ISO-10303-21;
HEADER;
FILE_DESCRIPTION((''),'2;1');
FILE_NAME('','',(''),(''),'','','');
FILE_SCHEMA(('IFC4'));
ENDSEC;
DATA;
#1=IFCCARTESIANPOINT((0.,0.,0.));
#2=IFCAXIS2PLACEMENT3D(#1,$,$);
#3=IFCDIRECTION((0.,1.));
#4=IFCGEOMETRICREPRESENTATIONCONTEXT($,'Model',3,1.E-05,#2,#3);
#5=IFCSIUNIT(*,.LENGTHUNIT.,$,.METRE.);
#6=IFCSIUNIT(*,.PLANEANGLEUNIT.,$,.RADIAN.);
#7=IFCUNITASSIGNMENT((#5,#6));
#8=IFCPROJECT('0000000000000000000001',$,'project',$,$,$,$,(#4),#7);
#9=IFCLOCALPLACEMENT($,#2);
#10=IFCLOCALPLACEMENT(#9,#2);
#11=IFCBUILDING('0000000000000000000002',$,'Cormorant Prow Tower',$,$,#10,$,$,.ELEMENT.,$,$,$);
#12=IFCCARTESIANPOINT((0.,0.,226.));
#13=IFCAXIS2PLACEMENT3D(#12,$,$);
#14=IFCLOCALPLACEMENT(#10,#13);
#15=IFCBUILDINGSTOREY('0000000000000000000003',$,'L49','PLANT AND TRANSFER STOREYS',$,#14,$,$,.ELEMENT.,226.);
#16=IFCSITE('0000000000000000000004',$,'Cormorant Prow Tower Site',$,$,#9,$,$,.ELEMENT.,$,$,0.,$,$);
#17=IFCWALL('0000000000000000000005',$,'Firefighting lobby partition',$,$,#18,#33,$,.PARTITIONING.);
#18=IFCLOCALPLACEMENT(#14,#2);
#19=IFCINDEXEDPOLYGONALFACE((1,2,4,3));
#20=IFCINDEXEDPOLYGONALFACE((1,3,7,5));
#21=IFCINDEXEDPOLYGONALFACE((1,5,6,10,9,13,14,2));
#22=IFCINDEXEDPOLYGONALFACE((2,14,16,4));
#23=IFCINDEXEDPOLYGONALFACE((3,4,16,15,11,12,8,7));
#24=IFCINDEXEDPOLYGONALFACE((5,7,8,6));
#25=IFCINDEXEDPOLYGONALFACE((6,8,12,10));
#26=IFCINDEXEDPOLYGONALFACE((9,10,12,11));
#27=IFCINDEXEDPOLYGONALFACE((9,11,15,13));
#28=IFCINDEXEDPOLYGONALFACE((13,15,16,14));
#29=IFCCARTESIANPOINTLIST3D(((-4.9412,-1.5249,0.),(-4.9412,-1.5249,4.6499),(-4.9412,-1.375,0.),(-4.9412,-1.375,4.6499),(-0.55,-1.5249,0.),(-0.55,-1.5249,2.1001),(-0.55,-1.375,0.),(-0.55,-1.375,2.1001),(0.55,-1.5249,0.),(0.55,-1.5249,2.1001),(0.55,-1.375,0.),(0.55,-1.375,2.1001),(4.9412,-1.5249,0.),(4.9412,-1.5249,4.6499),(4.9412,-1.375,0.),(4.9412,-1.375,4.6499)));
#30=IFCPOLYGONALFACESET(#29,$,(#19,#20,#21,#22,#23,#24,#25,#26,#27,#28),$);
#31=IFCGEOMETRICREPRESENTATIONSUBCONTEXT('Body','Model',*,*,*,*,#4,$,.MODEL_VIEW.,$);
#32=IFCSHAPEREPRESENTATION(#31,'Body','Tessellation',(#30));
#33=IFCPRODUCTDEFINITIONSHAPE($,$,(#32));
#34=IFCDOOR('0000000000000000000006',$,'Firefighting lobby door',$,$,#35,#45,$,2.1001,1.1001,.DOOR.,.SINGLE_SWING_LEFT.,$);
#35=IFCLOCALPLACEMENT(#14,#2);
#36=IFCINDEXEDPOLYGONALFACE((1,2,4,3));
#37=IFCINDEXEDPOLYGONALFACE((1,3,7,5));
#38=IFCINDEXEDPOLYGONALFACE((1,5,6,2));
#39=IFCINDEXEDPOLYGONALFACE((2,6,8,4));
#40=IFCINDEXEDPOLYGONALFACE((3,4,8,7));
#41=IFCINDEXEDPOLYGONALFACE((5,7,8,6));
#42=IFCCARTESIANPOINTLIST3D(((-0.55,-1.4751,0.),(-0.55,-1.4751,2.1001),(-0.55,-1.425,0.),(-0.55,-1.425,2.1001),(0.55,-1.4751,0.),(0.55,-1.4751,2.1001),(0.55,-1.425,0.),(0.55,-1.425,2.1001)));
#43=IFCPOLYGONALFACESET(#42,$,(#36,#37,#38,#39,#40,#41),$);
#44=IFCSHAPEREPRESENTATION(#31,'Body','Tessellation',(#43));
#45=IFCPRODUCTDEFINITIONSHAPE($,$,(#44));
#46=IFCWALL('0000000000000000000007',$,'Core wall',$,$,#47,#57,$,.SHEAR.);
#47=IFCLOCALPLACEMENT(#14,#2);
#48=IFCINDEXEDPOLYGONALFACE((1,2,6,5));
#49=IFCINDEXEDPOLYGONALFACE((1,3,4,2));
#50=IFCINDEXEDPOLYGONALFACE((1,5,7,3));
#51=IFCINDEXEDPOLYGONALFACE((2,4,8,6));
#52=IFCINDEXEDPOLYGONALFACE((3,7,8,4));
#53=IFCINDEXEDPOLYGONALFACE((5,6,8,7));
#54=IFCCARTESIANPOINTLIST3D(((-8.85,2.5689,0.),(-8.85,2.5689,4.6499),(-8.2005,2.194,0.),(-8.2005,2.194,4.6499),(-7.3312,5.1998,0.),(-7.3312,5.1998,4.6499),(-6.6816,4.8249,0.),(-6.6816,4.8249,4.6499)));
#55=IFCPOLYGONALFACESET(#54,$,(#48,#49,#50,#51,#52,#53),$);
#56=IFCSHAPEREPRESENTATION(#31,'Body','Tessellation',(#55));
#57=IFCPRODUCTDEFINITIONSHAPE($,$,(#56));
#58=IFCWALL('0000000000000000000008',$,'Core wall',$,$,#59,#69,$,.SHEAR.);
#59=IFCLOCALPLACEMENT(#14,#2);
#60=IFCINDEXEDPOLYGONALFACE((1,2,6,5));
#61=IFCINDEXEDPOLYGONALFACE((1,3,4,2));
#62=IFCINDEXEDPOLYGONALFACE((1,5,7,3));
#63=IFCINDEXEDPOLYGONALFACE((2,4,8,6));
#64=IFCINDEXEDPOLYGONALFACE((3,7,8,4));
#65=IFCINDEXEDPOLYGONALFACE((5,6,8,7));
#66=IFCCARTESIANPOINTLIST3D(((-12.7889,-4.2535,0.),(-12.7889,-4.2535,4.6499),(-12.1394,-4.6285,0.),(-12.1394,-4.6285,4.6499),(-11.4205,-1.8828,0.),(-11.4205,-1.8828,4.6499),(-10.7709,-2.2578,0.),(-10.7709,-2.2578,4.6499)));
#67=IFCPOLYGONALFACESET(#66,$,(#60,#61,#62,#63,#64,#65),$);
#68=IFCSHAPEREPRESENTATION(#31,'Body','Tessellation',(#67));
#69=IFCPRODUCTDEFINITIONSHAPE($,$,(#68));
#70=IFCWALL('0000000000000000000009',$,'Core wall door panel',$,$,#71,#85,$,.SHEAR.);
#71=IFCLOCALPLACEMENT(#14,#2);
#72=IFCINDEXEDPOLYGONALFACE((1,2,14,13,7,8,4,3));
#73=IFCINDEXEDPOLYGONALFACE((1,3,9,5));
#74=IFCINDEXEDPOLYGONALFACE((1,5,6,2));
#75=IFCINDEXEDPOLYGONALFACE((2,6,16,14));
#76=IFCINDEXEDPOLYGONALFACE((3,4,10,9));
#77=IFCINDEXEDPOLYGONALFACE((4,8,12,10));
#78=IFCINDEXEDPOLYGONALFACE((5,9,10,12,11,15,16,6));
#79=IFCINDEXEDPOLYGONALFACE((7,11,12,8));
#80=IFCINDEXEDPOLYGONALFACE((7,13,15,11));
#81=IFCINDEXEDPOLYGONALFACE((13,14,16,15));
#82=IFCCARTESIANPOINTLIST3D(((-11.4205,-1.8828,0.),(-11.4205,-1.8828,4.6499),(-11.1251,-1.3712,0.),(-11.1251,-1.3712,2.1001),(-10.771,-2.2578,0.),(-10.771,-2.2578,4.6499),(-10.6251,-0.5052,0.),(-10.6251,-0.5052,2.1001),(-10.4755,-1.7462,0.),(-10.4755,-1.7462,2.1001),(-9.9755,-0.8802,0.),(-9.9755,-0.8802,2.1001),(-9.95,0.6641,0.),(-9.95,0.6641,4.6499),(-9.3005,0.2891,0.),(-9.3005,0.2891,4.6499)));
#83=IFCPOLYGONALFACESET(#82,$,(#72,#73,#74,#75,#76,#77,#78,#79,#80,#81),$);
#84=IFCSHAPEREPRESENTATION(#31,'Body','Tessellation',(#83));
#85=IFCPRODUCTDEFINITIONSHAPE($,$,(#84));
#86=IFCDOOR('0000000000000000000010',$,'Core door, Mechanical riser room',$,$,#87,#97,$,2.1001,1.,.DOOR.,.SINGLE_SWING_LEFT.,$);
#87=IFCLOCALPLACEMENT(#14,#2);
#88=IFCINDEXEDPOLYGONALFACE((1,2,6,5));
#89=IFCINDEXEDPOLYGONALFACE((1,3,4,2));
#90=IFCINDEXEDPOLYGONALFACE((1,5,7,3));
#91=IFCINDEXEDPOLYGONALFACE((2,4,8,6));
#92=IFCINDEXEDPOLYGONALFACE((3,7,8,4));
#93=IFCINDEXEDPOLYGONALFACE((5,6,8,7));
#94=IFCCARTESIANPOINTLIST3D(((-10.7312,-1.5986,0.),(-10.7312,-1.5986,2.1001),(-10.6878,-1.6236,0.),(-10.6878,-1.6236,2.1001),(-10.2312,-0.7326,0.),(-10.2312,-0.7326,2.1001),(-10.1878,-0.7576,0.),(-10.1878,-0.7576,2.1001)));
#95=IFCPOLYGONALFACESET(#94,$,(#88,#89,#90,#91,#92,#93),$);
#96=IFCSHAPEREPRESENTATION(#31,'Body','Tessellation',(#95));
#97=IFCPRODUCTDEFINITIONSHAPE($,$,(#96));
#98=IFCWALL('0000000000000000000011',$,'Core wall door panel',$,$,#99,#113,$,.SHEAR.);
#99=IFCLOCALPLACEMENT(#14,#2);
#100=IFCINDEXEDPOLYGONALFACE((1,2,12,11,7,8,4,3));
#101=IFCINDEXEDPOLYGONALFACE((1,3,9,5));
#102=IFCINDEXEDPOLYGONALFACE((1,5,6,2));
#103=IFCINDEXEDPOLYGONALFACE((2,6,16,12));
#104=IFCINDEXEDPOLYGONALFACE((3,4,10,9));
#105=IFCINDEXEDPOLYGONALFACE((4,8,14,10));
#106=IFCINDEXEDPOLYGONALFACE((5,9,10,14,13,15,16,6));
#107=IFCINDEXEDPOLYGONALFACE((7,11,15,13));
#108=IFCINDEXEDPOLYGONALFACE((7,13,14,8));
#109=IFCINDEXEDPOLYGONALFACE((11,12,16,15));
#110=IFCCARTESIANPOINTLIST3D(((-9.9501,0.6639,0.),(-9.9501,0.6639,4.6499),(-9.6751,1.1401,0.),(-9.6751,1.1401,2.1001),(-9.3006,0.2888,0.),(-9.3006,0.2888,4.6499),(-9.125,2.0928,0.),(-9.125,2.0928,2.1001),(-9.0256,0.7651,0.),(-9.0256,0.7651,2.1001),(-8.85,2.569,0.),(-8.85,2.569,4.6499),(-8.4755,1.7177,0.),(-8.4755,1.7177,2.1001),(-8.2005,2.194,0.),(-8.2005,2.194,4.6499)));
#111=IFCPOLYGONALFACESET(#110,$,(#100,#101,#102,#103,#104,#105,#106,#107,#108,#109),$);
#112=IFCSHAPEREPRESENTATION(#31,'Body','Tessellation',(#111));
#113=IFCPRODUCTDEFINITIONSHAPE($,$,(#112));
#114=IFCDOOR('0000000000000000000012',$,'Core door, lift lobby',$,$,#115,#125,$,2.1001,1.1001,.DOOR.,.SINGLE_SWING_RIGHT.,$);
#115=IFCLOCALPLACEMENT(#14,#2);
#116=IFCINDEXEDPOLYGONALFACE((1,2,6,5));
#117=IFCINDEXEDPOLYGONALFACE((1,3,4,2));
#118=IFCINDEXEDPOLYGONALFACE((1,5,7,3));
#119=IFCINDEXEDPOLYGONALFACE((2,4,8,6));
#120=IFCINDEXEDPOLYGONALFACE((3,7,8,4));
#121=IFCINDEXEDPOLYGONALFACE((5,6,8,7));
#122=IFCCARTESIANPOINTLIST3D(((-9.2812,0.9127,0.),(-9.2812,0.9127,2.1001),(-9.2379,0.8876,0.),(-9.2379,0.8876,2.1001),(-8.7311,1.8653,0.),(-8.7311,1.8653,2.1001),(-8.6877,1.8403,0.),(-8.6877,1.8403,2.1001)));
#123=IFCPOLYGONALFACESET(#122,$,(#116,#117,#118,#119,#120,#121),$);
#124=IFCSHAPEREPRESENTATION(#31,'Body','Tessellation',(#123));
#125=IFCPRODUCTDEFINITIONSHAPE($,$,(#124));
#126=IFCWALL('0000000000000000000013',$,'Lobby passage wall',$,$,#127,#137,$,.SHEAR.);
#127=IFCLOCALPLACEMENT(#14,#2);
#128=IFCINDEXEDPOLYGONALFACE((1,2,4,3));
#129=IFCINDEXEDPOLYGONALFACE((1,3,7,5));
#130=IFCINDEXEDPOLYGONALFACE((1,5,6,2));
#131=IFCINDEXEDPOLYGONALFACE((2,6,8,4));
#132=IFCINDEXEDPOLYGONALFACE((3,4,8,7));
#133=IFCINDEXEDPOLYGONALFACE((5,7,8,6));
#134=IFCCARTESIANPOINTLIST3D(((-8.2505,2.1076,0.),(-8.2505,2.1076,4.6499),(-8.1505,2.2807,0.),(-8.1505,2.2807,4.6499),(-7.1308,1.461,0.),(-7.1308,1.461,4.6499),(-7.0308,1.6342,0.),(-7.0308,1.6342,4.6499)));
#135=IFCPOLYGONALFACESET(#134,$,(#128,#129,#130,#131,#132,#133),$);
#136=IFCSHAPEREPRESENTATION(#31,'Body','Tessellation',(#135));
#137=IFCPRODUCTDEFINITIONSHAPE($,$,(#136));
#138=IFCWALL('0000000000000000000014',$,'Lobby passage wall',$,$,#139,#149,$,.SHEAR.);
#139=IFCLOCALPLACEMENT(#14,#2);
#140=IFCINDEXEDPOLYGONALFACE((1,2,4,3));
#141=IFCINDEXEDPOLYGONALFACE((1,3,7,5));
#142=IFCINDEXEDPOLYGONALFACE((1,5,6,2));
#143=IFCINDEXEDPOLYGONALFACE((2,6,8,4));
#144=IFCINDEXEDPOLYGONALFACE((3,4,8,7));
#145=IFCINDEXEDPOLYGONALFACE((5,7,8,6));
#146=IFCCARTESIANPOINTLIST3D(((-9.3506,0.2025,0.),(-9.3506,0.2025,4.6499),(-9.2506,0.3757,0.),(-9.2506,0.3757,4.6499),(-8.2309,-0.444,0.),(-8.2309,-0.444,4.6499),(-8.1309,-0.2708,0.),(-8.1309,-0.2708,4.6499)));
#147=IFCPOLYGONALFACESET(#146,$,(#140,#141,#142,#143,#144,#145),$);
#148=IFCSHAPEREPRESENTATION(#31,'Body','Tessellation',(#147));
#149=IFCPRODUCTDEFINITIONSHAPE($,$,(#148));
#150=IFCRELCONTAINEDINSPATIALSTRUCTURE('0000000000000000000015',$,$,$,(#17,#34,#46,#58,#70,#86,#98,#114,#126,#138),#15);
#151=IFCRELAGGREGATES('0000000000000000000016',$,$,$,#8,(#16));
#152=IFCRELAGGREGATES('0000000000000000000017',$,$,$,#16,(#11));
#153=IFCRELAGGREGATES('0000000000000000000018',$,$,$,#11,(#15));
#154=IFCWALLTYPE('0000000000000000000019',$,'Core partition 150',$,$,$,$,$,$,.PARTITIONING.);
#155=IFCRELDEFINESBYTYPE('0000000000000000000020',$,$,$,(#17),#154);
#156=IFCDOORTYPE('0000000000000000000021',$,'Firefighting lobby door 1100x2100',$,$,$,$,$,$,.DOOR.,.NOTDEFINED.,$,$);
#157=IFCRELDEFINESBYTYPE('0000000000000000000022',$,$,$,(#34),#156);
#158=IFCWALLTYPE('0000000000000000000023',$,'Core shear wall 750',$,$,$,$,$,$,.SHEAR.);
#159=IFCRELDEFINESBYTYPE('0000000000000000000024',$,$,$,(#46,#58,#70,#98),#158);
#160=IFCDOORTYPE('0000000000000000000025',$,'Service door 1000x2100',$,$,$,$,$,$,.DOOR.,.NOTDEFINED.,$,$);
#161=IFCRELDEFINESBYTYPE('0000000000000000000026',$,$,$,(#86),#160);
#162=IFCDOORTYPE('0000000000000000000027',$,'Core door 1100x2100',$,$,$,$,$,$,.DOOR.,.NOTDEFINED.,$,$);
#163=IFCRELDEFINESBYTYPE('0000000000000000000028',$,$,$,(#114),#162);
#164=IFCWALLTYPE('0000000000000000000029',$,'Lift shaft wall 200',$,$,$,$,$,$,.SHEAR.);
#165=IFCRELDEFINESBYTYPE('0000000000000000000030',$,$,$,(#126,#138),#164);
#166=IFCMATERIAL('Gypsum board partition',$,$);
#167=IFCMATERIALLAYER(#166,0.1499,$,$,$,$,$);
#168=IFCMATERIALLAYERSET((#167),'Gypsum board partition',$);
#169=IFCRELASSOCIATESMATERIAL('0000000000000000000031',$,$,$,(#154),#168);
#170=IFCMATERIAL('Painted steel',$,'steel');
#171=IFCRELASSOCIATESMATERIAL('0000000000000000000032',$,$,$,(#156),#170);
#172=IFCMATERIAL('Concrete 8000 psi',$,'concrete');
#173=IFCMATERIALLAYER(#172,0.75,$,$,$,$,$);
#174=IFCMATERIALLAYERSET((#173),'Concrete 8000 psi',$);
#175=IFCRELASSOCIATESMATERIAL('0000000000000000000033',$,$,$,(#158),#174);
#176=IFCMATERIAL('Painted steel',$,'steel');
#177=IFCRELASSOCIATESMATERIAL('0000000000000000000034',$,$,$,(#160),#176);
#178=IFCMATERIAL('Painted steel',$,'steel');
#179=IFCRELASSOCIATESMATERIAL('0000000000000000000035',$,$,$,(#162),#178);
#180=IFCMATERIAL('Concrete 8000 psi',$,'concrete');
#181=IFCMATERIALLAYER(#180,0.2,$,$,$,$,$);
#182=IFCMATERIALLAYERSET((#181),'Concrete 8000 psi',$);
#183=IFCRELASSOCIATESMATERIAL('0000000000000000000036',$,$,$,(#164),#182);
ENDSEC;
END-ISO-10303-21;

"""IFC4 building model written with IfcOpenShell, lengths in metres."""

from ifc_helpers import new_model, si_unit, direction, frame, frame_2d, origin, place, context, subcontext, project, spatial, rectangle, extrude, material, layer, layer_set, type_object, element, fill, save


model = new_model("IFC4")

# Units and contexts
model_context = context("Model", 3, precision=1e-05, world=origin(), true_north=direction((0.0, 1.0)))
body_context = subcontext(model_context, "Body", "Model", "MODEL_VIEW")
ifc_project = project(units=[si_unit("LENGTHUNIT", "METRE"), si_unit("PLANEANGLEUNIT", "RADIAN")], contexts=[model_context])

# Site, building, storey
site_placement = place(None, origin())
site = spatial("IfcSite", under=ifc_project, at=site_placement, Name="Cormorant Prow Tower Site", CompositionType="ELEMENT", RefElevation=0.0)
building_placement = place(site_placement, origin())
building = spatial("IfcBuilding", under=site, at=building_placement, Name="Cormorant Prow Tower", CompositionType="ELEMENT")
storey_placement = place(building_placement, frame((0.0, 0.0, 226.0)))
storey = spatial("IfcBuildingStorey", under=building, at=storey_placement, Name="L49", Description="PLANT AND TRANSFER STOREYS", CompositionType="ELEMENT", Elevation=226.0)

# Wall, opening, door
ifc_material_1 = material(Name="Gypsum board partition")
ifc_layer_1 = layer(ifc_material_1, 0.1499)
ifc_layer_set_1 = layer_set([ifc_layer_1], Name="Gypsum board partition")
wall_type_1 = type_object("IfcWallType", Name="Core partition 150", PredefinedType="PARTITIONING", material=ifc_layer_set_1)
wall_1_placement = place(storey_placement, frame((-4.9412, -1.45, 0.0), z_axis=(0.0, 0.0, 1.0), x_axis=(1.0, 0.0, 0.0)))
wall_1 = element("IfcWall", 1, at=wall_1_placement, inside=storey, type_object=wall_type_1, Name="Firefighting lobby partition", PredefinedType="PARTITIONING", context=body_context, shape_type="SweptSolid", body=[
    extrude(rectangle(XDim=9.8823, YDim=0.1499, at=frame_2d((4.9412, 0.0))), origin(), (0.0, 0.0, 1.0), 4.6499),
])
opening_1_placement = place(wall_1_placement, frame((4.3911, 0.0, 0.0)))
opening_1 = element("IfcOpeningElement", 2, at=opening_1_placement, cuts=wall_1, PredefinedType="OPENING", context=body_context, shape_type="SweptSolid", body=[
    extrude(rectangle(XDim=1.1001, YDim=2.1001, at=frame_2d((0.55, 1.05))), frame((0.0, 0.085, 0.0), z_axis=(0.0, -1.0, 0.0), x_axis=(1.0, 0.0, 0.0)), (0.0, 0.0, 1.0), 0.1699),
])
ifc_material_2 = material(Name="Painted steel", Category="steel")
door_type_1 = type_object("IfcDoorType", Name="Firefighting lobby door 1100x2100", OperationType="NOTDEFINED", PredefinedType="DOOR", material=ifc_material_2)
door_1_placement = place(opening_1_placement, origin())
door_1 = element("IfcDoor", 3, at=door_1_placement, inside=storey, type_object=door_type_1, Name="Firefighting lobby door", OperationType="SINGLE_SWING_LEFT", OverallHeight=2.1001, OverallWidth=1.1001, PredefinedType="DOOR", context=body_context, shape_type="SweptSolid", body=[
    extrude(rectangle(XDim=1.1001, YDim=2.1001, at=frame_2d((0.55, 1.05))), frame((0.0, 0.0249, 0.0), z_axis=(0.0, -1.0, 0.0), x_axis=(1.0, 0.0, 0.0)), (0.0, 0.0, 1.0), 0.05),
])
fill(opening_1, door_1)

# Walls
ifc_material_3 = material(Name="Concrete 8000 psi", Category="concrete")
ifc_layer_2 = layer(ifc_material_3, 0.75)
ifc_layer_set_2 = layer_set([ifc_layer_2], Name="Concrete 8000 psi")
wall_type_2 = type_object("IfcWallType", Name="Core shear wall 750", PredefinedType="SHEAR", material=ifc_layer_set_2)
wall_2_placement = place(storey_placement, frame((-7.0063, 5.0125, 0.0), z_axis=(0.0, 0.0, 1.0), x_axis=(-0.499968, -0.866044, 0.0)))
element("IfcWall", 4, at=wall_2_placement, inside=storey, type_object=wall_type_2, Name="Core wall", PredefinedType="SHEAR", context=body_context, shape_type="SweptSolid", body=[
    extrude(rectangle(XDim=3.0378, YDim=0.75, at=frame_2d((1.519, 0.0))), origin(), (0.0, 0.0, 1.0), 4.6499),
])
wall_3_placement = place(storey_placement, frame((-11.0957, -2.0703, 0.0), z_axis=(0.0, 0.0, 1.0), x_axis=(-0.499928, -0.866067, 0.0)))
element("IfcWall", 5, at=wall_3_placement, inside=storey, type_object=wall_type_2, Name="Core wall", PredefinedType="SHEAR", context=body_context, shape_type="SweptSolid", body=[
    extrude(rectangle(XDim=2.7373, YDim=0.75, at=frame_2d((1.3687, 0.0))), origin(), (0.0, 0.0, 1.0), 4.6499),
])

# Walls, openings, doors
wall_4_placement = place(storey_placement, frame((-9.6252, 0.4766, 0.0), z_axis=(0.0, 0.0, 1.0), x_axis=(-0.500005, -0.866022, 0.0)))
wall_4 = element("IfcWall", 6, at=wall_4_placement, inside=storey, type_object=wall_type_2, Name="Core wall door panel", PredefinedType="SHEAR", context=body_context, shape_type="SweptSolid", body=[
    extrude(rectangle(XDim=2.9409, YDim=0.75, at=frame_2d((1.4705, 0.0))), origin(), (0.0, 0.0, 1.0), 4.6499),
])
opening_2_placement = place(wall_4_placement, frame((1.3501, 0.0, 0.0)))
opening_2 = element("IfcOpeningElement", 7, at=opening_2_placement, cuts=wall_4, PredefinedType="OPENING", context=body_context, shape_type="SweptSolid", body=[
    extrude(rectangle(XDim=1.0, YDim=2.1001, at=frame_2d((0.5, 1.05))), frame((0.0, 0.385, 0.0), z_axis=(0.0, -1.0, 0.0), x_axis=(1.0, 0.0, 0.0)), (0.0, 0.0, 1.0), 0.77),
])
ifc_material_4 = material(Name="Painted steel", Category="steel")
door_type_2 = type_object("IfcDoorType", Name="Service door 1000x2100", OperationType="NOTDEFINED", PredefinedType="DOOR", material=ifc_material_4)
door_2_placement = place(opening_2_placement, origin())
door_2 = element("IfcDoor", 8, at=door_2_placement, inside=storey, type_object=door_type_2, Name="Core door, Mechanical riser room", OperationType="SINGLE_SWING_LEFT", OverallHeight=2.1001, OverallWidth=1.0, PredefinedType="DOOR", context=body_context, shape_type="SweptSolid", body=[
    extrude(rectangle(XDim=1.0, YDim=2.1001, at=frame_2d((0.5, 1.05))), frame((0.0, 0.1299, 0.0), z_axis=(0.0, -1.0, 0.0), x_axis=(1.0, 0.0, 0.0)), (0.0, 0.0, 1.0), 0.05),
])
fill(opening_2, door_2)
wall_5_placement = place(storey_placement, frame((-8.5251, 2.3816, 0.0), z_axis=(0.0, 0.0, 1.0), x_axis=(-0.500078, -0.86598, 0.0)))
wall_5 = element("IfcWall", 9, at=wall_5_placement, inside=storey, type_object=wall_type_2, Name="Core wall door panel", PredefinedType="SHEAR", context=body_context, shape_type="SweptSolid", body=[
    extrude(rectangle(XDim=2.2, YDim=0.75, at=frame_2d((1.1001, 0.0))), origin(), (0.0, 0.0, 1.0), 4.6499),
])
opening_3_placement = place(wall_5_placement, frame((0.55, 0.0, 0.0)))
opening_3 = element("IfcOpeningElement", 10, at=opening_3_placement, cuts=wall_5, PredefinedType="OPENING", context=body_context, shape_type="SweptSolid", body=[
    extrude(rectangle(XDim=1.1001, YDim=2.1001, at=frame_2d((0.55, 1.05))), frame((0.0, 0.385, 0.0), z_axis=(0.0, -1.0, 0.0), x_axis=(1.0, 0.0, 0.0)), (0.0, 0.0, 1.0), 0.77),
])
ifc_material_5 = material(Name="Painted steel", Category="steel")
door_type_3 = type_object("IfcDoorType", Name="Core door 1100x2100", OperationType="NOTDEFINED", PredefinedType="DOOR", material=ifc_material_5)
door_3_placement = place(opening_3_placement, origin())
door_3 = element("IfcDoor", 11, at=door_3_placement, inside=storey, type_object=door_type_3, Name="Core door, lift lobby", OperationType="SINGLE_SWING_RIGHT", OverallHeight=2.1001, OverallWidth=1.1001, PredefinedType="DOOR", context=body_context, shape_type="SweptSolid", body=[
    extrude(rectangle(XDim=1.1001, YDim=2.1001, at=frame_2d((0.55, 1.05))), frame((0.0, 0.1299, 0.0), z_axis=(0.0, -1.0, 0.0), x_axis=(1.0, 0.0, 0.0)), (0.0, 0.0, 1.0), 0.05),
])
fill(opening_3, door_3)

# Walls
ifc_material_6 = material(Name="Concrete 8000 psi", Category="concrete")
ifc_layer_3 = layer(ifc_material_6, 0.2)
ifc_layer_set_3 = layer_set([ifc_layer_3], Name="Concrete 8000 psi")
wall_type_3 = type_object("IfcWallType", Name="Lift shaft wall 200", PredefinedType="SHEAR", material=ifc_layer_set_3)
for number, where, z_axis, x_axis, name in (
    (12, (-7.0808, 1.5476, 0.0), (0.0, 0.0, 1.0), (-0.866003, 0.500038, 0.0), "Lobby passage wall"),
    (13, (-8.1809, -0.3574, 0.0), (0.0, 0.0, 1.0), (-0.866003, 0.500038, 0.0), "Lobby passage wall"),
):
    element("IfcWall", number, at=place(storey_placement, frame(where, z_axis=z_axis, x_axis=x_axis)), inside=storey, type_object=wall_type_3, Name=name, PredefinedType="SHEAR", context=body_context, shape_type="SweptSolid", body=[
        extrude(rectangle(XDim=1.293, YDim=0.2, at=frame_2d((0.6465, 0.0))), origin(), (0.0, 0.0, 1.0), 4.6499),
    ])

save(model, "model.ifc")
